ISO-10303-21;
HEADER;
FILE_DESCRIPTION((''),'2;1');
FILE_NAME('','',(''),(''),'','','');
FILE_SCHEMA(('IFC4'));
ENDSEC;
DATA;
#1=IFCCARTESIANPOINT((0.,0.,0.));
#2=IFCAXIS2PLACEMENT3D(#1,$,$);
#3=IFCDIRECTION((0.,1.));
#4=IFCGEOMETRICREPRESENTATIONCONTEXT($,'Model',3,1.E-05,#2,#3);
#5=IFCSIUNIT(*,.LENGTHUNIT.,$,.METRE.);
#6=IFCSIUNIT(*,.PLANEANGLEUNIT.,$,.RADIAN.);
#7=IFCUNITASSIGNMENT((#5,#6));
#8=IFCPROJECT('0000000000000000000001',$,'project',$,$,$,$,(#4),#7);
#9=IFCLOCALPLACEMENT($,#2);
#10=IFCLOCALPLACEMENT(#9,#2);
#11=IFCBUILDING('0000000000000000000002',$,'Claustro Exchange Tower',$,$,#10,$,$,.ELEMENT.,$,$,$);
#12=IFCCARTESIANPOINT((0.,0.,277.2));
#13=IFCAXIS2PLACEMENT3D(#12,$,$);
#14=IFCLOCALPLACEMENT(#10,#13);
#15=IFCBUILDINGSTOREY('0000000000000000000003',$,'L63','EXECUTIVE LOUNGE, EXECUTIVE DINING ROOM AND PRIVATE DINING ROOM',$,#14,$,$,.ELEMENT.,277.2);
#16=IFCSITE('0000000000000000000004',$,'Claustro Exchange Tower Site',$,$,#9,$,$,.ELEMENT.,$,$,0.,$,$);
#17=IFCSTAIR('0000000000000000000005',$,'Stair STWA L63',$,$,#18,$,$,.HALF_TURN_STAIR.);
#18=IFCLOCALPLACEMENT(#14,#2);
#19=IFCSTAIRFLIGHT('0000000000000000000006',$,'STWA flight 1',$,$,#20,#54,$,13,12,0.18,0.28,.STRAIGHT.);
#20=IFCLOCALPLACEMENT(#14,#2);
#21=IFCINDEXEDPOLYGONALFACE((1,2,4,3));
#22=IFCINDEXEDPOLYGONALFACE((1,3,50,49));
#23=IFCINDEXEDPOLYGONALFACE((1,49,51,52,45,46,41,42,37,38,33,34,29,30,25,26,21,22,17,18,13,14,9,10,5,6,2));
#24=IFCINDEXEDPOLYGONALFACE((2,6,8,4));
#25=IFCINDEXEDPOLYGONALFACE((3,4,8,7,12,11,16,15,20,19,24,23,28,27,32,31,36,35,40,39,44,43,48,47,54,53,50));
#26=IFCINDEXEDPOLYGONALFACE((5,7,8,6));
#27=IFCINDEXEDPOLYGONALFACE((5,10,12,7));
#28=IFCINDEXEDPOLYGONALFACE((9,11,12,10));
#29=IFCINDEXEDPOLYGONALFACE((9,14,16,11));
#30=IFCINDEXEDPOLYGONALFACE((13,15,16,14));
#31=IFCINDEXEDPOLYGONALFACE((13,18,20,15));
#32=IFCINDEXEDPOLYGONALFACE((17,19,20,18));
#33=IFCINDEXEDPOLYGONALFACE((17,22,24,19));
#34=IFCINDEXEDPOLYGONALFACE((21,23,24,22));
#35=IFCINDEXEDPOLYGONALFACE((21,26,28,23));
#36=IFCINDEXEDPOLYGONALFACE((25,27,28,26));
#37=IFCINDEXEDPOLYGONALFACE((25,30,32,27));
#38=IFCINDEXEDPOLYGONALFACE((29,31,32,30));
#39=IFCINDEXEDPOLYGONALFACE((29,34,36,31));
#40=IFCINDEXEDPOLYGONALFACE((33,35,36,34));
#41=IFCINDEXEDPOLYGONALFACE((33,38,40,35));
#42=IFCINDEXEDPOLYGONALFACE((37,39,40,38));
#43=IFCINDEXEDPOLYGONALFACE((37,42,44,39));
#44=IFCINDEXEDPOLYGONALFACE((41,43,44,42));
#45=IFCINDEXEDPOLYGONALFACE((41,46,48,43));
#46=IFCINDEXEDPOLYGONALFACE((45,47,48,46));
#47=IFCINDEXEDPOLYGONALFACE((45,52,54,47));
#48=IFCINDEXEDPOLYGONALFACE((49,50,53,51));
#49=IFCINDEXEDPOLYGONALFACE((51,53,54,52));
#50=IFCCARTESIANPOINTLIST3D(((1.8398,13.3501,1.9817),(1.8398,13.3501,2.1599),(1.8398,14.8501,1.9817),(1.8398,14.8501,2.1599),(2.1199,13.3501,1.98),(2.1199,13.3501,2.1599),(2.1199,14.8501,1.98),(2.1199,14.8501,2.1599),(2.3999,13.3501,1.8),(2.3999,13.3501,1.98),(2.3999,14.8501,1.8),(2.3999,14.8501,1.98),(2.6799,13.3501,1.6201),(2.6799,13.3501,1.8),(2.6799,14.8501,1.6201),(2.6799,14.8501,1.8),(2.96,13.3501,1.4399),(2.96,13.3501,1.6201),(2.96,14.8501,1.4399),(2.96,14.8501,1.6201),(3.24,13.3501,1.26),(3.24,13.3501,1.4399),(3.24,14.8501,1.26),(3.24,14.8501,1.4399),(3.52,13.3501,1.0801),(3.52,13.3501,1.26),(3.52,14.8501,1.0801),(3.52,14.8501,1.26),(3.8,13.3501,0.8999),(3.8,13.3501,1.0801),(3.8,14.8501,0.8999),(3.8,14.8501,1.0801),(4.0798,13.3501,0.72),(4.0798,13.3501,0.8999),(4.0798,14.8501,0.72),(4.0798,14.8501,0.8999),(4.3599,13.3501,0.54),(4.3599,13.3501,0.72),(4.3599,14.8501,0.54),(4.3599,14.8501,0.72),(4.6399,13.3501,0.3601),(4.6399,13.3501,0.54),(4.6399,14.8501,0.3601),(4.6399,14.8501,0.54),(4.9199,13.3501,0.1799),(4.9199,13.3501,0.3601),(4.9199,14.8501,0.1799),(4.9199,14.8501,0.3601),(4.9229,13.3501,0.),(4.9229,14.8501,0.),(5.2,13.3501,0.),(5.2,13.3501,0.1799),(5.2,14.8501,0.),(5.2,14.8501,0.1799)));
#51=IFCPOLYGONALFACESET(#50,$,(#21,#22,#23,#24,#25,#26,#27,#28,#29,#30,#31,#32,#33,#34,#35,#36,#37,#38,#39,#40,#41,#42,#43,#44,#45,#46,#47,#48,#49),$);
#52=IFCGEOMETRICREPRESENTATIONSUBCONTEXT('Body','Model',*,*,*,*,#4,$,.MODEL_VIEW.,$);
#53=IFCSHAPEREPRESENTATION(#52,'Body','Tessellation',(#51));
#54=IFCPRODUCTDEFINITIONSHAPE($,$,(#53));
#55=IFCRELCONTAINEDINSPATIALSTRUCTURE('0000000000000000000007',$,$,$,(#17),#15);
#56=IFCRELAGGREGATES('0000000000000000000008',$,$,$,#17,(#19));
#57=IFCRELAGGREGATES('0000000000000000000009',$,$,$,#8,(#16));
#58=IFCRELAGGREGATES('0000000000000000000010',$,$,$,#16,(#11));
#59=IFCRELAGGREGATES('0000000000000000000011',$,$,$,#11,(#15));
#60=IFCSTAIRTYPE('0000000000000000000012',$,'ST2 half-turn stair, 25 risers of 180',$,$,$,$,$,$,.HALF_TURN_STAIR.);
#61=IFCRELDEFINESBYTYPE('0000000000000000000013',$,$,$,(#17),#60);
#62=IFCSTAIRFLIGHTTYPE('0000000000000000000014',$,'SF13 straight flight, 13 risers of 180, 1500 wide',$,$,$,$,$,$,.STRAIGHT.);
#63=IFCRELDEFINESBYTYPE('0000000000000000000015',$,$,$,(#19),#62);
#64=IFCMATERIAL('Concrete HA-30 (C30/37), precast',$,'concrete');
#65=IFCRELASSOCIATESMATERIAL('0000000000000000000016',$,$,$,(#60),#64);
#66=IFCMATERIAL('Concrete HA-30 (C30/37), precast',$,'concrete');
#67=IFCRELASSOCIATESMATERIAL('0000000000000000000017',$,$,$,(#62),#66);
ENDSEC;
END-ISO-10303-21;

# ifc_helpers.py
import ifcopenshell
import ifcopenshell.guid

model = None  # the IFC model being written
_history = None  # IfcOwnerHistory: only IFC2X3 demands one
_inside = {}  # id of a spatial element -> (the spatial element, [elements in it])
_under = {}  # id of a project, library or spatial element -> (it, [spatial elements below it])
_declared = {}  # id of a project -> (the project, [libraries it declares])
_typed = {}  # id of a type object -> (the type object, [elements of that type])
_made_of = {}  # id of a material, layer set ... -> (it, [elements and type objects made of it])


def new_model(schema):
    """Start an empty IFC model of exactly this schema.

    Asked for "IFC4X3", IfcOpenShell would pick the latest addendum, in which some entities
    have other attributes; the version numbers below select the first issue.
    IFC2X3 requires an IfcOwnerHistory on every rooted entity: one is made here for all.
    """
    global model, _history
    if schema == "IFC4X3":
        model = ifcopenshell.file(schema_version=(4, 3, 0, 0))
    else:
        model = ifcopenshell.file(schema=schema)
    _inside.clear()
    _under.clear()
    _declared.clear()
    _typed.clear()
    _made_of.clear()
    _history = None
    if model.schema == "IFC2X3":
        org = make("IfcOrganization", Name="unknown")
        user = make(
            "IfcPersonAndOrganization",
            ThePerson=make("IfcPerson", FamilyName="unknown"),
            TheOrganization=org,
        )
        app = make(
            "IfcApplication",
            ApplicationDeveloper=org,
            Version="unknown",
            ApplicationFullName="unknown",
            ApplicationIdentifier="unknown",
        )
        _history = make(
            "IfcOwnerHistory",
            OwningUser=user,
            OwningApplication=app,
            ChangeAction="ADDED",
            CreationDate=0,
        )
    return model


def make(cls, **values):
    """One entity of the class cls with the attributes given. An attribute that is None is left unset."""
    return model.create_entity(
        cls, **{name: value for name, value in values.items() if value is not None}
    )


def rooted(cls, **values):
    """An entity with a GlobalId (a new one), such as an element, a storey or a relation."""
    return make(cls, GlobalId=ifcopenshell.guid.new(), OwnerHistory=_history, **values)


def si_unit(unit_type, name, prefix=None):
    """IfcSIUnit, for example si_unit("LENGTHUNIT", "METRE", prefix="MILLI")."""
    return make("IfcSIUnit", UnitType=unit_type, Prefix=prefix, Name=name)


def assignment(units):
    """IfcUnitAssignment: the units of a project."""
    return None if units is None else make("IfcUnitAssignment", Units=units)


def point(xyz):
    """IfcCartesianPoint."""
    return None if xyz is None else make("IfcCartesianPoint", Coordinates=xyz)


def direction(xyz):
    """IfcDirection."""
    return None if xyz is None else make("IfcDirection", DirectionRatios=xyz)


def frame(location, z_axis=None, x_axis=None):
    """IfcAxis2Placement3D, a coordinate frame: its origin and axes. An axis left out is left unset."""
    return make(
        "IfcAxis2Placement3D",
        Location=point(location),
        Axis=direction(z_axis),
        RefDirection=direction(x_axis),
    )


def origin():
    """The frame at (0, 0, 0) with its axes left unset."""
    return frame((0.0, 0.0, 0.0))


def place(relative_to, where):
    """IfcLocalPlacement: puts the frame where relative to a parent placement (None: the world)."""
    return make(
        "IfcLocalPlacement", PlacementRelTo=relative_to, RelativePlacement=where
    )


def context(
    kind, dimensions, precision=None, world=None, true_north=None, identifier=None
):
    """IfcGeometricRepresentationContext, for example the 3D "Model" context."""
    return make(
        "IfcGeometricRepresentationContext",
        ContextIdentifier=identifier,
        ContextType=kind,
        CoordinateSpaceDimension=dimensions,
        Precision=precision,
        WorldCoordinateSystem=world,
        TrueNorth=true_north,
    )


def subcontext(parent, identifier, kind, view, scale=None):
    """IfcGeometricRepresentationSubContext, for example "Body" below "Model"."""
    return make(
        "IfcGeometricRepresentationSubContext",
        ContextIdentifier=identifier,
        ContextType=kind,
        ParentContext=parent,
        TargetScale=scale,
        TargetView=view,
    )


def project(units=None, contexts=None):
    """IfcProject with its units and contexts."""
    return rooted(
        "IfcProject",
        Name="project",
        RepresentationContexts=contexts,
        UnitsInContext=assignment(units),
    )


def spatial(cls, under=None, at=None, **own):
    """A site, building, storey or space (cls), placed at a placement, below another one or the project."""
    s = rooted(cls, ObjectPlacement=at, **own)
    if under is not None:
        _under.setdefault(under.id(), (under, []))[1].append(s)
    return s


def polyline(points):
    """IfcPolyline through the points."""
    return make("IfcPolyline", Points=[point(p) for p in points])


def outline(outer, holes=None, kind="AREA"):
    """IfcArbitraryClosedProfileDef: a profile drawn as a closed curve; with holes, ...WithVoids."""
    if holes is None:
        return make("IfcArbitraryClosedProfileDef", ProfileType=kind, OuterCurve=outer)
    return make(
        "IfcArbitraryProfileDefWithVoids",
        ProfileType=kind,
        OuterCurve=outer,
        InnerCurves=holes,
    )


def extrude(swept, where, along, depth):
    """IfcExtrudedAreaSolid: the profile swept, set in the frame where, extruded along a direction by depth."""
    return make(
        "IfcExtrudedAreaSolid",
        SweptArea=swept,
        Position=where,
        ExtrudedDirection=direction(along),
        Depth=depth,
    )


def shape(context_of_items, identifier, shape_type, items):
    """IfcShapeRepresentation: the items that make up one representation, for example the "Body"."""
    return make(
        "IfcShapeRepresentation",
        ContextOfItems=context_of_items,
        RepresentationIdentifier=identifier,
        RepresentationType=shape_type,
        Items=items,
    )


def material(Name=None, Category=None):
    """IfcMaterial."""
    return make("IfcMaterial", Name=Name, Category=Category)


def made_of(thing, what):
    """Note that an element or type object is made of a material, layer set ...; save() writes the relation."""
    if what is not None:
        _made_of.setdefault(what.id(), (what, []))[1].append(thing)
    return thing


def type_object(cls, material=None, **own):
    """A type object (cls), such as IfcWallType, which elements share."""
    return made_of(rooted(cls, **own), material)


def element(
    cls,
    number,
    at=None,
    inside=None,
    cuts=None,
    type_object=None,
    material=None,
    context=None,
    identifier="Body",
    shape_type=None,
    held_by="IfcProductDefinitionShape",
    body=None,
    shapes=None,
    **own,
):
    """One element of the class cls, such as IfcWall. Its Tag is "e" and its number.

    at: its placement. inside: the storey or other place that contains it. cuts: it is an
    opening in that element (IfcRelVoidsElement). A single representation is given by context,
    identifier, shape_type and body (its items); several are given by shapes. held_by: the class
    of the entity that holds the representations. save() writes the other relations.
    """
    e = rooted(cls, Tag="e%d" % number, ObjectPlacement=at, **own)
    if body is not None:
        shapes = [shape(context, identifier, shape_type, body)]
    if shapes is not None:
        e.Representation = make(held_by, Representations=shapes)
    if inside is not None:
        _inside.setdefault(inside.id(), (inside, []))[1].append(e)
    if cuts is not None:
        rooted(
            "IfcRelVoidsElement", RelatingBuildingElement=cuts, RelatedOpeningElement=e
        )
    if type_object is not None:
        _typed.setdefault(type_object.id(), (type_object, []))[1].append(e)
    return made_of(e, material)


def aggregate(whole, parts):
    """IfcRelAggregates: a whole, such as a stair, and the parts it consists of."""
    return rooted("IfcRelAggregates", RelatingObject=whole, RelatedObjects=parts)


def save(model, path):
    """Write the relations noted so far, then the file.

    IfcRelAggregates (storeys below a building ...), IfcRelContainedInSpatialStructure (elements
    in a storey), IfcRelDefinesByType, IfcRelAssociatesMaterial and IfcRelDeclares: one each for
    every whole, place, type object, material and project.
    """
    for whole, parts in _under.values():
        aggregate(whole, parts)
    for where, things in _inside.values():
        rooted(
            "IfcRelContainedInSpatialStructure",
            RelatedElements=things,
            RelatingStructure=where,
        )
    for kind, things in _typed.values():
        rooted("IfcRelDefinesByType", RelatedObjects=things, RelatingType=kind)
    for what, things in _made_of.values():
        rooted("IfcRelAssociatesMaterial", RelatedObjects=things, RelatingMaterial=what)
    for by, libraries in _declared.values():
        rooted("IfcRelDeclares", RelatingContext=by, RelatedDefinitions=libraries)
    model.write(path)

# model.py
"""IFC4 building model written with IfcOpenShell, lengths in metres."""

from ifc_helpers import new_model, si_unit, direction, frame, origin, place, context, subcontext, project, spatial, polyline, outline, extrude, material, type_object, element, aggregate, save


model = new_model("IFC4")

# Units and contexts
model_context = context("Model", 3, precision=1e-05, world=origin(), true_north=direction((0.0, 1.0)))
body_context = subcontext(model_context, "Body", "Model", "MODEL_VIEW")
ifc_project = project(units=[si_unit("LENGTHUNIT", "METRE"), si_unit("PLANEANGLEUNIT", "RADIAN")], contexts=[model_context])

# Site, building, storey
site_placement = place(None, origin())
site = spatial("IfcSite", under=ifc_project, at=site_placement, Name="Claustro Exchange Tower Site", CompositionType="ELEMENT", RefElevation=0.0)
building_placement = place(site_placement, origin())
building = spatial("IfcBuilding", under=site, at=building_placement, Name="Claustro Exchange Tower", CompositionType="ELEMENT")
storey_placement = place(building_placement, frame((0.0, 0.0, 277.2)))
storey = spatial("IfcBuildingStorey", under=building, at=storey_placement, Name="L63", Description="EXECUTIVE LOUNGE, EXECUTIVE DINING ROOM AND PRIVATE DINING ROOM", CompositionType="ELEMENT", Elevation=277.2)

# Stair, stair flight
ifc_material_1 = material(Name="Concrete HA-30 (C30/37), precast", Category="concrete")
stair_type = type_object("IfcStairType", Name="ST2 half-turn stair, 25 risers of 180", PredefinedType="HALF_TURN_STAIR", material=ifc_material_1)
stair_placement = place(storey_placement, origin())
stair = element("IfcStair", 1, at=stair_placement, inside=storey, type_object=stair_type, Name="Stair STWA L63", PredefinedType="HALF_TURN_STAIR")
ifc_material_2 = material(Name="Concrete HA-30 (C30/37), precast", Category="concrete")
stair_flight_type = type_object("IfcStairFlightType", Name="SF13 straight flight, 13 risers of 180, 1500 wide", PredefinedType="STRAIGHT", material=ifc_material_2)
stair_flight_placement = place(storey_placement, frame((5.2, 14.1001, 0.0), z_axis=(0.0, 0.0, 1.0), x_axis=(-1.0, 0.0, 0.0)))
stair_flight = element("IfcStairFlight", 2, at=stair_flight_placement, type_object=stair_flight_type, Name="STWA flight 1", NumberOfRisers=13, NumberOfTreads=12, PredefinedType="STRAIGHT", RiserHeight=0.18, TreadLength=0.28, context=body_context, shape_type="SweptSolid", body=[
    extrude(outline(polyline([(0.0, 0.0), (0.0, 0.1799), (0.28, 0.1799), (0.28, 0.3601), (0.5601, 0.3601), (0.5601, 0.54), (0.8401, 0.54), (0.8401, 0.72), (1.1201, 0.72), (1.1201, 0.8999), (1.3999, 0.8999), (1.3999, 1.0801), (1.6799, 1.0801), (1.6799, 1.26), (1.96, 1.26), (1.96, 1.4399), (2.24, 1.4399), (2.24, 1.6201), (2.52, 1.6201), (2.52, 1.8), (2.8, 1.8), (2.8, 1.98), (3.0801, 1.98), (3.0801, 2.1599), (3.3601, 2.1599), (3.3601, 2.3401), (3.3601, 1.9817), (0.2771, 0.0), (0.0, 0.0)])), frame((0.0, 0.75, 0.0), z_axis=(0.0, -1.0, 0.0), x_axis=(1.0, 0.0, 0.0)), (0.0, 0.0, 1.0), 1.5),
])
aggregate(stair, [stair_flight])

save(model, "model.ifc")
